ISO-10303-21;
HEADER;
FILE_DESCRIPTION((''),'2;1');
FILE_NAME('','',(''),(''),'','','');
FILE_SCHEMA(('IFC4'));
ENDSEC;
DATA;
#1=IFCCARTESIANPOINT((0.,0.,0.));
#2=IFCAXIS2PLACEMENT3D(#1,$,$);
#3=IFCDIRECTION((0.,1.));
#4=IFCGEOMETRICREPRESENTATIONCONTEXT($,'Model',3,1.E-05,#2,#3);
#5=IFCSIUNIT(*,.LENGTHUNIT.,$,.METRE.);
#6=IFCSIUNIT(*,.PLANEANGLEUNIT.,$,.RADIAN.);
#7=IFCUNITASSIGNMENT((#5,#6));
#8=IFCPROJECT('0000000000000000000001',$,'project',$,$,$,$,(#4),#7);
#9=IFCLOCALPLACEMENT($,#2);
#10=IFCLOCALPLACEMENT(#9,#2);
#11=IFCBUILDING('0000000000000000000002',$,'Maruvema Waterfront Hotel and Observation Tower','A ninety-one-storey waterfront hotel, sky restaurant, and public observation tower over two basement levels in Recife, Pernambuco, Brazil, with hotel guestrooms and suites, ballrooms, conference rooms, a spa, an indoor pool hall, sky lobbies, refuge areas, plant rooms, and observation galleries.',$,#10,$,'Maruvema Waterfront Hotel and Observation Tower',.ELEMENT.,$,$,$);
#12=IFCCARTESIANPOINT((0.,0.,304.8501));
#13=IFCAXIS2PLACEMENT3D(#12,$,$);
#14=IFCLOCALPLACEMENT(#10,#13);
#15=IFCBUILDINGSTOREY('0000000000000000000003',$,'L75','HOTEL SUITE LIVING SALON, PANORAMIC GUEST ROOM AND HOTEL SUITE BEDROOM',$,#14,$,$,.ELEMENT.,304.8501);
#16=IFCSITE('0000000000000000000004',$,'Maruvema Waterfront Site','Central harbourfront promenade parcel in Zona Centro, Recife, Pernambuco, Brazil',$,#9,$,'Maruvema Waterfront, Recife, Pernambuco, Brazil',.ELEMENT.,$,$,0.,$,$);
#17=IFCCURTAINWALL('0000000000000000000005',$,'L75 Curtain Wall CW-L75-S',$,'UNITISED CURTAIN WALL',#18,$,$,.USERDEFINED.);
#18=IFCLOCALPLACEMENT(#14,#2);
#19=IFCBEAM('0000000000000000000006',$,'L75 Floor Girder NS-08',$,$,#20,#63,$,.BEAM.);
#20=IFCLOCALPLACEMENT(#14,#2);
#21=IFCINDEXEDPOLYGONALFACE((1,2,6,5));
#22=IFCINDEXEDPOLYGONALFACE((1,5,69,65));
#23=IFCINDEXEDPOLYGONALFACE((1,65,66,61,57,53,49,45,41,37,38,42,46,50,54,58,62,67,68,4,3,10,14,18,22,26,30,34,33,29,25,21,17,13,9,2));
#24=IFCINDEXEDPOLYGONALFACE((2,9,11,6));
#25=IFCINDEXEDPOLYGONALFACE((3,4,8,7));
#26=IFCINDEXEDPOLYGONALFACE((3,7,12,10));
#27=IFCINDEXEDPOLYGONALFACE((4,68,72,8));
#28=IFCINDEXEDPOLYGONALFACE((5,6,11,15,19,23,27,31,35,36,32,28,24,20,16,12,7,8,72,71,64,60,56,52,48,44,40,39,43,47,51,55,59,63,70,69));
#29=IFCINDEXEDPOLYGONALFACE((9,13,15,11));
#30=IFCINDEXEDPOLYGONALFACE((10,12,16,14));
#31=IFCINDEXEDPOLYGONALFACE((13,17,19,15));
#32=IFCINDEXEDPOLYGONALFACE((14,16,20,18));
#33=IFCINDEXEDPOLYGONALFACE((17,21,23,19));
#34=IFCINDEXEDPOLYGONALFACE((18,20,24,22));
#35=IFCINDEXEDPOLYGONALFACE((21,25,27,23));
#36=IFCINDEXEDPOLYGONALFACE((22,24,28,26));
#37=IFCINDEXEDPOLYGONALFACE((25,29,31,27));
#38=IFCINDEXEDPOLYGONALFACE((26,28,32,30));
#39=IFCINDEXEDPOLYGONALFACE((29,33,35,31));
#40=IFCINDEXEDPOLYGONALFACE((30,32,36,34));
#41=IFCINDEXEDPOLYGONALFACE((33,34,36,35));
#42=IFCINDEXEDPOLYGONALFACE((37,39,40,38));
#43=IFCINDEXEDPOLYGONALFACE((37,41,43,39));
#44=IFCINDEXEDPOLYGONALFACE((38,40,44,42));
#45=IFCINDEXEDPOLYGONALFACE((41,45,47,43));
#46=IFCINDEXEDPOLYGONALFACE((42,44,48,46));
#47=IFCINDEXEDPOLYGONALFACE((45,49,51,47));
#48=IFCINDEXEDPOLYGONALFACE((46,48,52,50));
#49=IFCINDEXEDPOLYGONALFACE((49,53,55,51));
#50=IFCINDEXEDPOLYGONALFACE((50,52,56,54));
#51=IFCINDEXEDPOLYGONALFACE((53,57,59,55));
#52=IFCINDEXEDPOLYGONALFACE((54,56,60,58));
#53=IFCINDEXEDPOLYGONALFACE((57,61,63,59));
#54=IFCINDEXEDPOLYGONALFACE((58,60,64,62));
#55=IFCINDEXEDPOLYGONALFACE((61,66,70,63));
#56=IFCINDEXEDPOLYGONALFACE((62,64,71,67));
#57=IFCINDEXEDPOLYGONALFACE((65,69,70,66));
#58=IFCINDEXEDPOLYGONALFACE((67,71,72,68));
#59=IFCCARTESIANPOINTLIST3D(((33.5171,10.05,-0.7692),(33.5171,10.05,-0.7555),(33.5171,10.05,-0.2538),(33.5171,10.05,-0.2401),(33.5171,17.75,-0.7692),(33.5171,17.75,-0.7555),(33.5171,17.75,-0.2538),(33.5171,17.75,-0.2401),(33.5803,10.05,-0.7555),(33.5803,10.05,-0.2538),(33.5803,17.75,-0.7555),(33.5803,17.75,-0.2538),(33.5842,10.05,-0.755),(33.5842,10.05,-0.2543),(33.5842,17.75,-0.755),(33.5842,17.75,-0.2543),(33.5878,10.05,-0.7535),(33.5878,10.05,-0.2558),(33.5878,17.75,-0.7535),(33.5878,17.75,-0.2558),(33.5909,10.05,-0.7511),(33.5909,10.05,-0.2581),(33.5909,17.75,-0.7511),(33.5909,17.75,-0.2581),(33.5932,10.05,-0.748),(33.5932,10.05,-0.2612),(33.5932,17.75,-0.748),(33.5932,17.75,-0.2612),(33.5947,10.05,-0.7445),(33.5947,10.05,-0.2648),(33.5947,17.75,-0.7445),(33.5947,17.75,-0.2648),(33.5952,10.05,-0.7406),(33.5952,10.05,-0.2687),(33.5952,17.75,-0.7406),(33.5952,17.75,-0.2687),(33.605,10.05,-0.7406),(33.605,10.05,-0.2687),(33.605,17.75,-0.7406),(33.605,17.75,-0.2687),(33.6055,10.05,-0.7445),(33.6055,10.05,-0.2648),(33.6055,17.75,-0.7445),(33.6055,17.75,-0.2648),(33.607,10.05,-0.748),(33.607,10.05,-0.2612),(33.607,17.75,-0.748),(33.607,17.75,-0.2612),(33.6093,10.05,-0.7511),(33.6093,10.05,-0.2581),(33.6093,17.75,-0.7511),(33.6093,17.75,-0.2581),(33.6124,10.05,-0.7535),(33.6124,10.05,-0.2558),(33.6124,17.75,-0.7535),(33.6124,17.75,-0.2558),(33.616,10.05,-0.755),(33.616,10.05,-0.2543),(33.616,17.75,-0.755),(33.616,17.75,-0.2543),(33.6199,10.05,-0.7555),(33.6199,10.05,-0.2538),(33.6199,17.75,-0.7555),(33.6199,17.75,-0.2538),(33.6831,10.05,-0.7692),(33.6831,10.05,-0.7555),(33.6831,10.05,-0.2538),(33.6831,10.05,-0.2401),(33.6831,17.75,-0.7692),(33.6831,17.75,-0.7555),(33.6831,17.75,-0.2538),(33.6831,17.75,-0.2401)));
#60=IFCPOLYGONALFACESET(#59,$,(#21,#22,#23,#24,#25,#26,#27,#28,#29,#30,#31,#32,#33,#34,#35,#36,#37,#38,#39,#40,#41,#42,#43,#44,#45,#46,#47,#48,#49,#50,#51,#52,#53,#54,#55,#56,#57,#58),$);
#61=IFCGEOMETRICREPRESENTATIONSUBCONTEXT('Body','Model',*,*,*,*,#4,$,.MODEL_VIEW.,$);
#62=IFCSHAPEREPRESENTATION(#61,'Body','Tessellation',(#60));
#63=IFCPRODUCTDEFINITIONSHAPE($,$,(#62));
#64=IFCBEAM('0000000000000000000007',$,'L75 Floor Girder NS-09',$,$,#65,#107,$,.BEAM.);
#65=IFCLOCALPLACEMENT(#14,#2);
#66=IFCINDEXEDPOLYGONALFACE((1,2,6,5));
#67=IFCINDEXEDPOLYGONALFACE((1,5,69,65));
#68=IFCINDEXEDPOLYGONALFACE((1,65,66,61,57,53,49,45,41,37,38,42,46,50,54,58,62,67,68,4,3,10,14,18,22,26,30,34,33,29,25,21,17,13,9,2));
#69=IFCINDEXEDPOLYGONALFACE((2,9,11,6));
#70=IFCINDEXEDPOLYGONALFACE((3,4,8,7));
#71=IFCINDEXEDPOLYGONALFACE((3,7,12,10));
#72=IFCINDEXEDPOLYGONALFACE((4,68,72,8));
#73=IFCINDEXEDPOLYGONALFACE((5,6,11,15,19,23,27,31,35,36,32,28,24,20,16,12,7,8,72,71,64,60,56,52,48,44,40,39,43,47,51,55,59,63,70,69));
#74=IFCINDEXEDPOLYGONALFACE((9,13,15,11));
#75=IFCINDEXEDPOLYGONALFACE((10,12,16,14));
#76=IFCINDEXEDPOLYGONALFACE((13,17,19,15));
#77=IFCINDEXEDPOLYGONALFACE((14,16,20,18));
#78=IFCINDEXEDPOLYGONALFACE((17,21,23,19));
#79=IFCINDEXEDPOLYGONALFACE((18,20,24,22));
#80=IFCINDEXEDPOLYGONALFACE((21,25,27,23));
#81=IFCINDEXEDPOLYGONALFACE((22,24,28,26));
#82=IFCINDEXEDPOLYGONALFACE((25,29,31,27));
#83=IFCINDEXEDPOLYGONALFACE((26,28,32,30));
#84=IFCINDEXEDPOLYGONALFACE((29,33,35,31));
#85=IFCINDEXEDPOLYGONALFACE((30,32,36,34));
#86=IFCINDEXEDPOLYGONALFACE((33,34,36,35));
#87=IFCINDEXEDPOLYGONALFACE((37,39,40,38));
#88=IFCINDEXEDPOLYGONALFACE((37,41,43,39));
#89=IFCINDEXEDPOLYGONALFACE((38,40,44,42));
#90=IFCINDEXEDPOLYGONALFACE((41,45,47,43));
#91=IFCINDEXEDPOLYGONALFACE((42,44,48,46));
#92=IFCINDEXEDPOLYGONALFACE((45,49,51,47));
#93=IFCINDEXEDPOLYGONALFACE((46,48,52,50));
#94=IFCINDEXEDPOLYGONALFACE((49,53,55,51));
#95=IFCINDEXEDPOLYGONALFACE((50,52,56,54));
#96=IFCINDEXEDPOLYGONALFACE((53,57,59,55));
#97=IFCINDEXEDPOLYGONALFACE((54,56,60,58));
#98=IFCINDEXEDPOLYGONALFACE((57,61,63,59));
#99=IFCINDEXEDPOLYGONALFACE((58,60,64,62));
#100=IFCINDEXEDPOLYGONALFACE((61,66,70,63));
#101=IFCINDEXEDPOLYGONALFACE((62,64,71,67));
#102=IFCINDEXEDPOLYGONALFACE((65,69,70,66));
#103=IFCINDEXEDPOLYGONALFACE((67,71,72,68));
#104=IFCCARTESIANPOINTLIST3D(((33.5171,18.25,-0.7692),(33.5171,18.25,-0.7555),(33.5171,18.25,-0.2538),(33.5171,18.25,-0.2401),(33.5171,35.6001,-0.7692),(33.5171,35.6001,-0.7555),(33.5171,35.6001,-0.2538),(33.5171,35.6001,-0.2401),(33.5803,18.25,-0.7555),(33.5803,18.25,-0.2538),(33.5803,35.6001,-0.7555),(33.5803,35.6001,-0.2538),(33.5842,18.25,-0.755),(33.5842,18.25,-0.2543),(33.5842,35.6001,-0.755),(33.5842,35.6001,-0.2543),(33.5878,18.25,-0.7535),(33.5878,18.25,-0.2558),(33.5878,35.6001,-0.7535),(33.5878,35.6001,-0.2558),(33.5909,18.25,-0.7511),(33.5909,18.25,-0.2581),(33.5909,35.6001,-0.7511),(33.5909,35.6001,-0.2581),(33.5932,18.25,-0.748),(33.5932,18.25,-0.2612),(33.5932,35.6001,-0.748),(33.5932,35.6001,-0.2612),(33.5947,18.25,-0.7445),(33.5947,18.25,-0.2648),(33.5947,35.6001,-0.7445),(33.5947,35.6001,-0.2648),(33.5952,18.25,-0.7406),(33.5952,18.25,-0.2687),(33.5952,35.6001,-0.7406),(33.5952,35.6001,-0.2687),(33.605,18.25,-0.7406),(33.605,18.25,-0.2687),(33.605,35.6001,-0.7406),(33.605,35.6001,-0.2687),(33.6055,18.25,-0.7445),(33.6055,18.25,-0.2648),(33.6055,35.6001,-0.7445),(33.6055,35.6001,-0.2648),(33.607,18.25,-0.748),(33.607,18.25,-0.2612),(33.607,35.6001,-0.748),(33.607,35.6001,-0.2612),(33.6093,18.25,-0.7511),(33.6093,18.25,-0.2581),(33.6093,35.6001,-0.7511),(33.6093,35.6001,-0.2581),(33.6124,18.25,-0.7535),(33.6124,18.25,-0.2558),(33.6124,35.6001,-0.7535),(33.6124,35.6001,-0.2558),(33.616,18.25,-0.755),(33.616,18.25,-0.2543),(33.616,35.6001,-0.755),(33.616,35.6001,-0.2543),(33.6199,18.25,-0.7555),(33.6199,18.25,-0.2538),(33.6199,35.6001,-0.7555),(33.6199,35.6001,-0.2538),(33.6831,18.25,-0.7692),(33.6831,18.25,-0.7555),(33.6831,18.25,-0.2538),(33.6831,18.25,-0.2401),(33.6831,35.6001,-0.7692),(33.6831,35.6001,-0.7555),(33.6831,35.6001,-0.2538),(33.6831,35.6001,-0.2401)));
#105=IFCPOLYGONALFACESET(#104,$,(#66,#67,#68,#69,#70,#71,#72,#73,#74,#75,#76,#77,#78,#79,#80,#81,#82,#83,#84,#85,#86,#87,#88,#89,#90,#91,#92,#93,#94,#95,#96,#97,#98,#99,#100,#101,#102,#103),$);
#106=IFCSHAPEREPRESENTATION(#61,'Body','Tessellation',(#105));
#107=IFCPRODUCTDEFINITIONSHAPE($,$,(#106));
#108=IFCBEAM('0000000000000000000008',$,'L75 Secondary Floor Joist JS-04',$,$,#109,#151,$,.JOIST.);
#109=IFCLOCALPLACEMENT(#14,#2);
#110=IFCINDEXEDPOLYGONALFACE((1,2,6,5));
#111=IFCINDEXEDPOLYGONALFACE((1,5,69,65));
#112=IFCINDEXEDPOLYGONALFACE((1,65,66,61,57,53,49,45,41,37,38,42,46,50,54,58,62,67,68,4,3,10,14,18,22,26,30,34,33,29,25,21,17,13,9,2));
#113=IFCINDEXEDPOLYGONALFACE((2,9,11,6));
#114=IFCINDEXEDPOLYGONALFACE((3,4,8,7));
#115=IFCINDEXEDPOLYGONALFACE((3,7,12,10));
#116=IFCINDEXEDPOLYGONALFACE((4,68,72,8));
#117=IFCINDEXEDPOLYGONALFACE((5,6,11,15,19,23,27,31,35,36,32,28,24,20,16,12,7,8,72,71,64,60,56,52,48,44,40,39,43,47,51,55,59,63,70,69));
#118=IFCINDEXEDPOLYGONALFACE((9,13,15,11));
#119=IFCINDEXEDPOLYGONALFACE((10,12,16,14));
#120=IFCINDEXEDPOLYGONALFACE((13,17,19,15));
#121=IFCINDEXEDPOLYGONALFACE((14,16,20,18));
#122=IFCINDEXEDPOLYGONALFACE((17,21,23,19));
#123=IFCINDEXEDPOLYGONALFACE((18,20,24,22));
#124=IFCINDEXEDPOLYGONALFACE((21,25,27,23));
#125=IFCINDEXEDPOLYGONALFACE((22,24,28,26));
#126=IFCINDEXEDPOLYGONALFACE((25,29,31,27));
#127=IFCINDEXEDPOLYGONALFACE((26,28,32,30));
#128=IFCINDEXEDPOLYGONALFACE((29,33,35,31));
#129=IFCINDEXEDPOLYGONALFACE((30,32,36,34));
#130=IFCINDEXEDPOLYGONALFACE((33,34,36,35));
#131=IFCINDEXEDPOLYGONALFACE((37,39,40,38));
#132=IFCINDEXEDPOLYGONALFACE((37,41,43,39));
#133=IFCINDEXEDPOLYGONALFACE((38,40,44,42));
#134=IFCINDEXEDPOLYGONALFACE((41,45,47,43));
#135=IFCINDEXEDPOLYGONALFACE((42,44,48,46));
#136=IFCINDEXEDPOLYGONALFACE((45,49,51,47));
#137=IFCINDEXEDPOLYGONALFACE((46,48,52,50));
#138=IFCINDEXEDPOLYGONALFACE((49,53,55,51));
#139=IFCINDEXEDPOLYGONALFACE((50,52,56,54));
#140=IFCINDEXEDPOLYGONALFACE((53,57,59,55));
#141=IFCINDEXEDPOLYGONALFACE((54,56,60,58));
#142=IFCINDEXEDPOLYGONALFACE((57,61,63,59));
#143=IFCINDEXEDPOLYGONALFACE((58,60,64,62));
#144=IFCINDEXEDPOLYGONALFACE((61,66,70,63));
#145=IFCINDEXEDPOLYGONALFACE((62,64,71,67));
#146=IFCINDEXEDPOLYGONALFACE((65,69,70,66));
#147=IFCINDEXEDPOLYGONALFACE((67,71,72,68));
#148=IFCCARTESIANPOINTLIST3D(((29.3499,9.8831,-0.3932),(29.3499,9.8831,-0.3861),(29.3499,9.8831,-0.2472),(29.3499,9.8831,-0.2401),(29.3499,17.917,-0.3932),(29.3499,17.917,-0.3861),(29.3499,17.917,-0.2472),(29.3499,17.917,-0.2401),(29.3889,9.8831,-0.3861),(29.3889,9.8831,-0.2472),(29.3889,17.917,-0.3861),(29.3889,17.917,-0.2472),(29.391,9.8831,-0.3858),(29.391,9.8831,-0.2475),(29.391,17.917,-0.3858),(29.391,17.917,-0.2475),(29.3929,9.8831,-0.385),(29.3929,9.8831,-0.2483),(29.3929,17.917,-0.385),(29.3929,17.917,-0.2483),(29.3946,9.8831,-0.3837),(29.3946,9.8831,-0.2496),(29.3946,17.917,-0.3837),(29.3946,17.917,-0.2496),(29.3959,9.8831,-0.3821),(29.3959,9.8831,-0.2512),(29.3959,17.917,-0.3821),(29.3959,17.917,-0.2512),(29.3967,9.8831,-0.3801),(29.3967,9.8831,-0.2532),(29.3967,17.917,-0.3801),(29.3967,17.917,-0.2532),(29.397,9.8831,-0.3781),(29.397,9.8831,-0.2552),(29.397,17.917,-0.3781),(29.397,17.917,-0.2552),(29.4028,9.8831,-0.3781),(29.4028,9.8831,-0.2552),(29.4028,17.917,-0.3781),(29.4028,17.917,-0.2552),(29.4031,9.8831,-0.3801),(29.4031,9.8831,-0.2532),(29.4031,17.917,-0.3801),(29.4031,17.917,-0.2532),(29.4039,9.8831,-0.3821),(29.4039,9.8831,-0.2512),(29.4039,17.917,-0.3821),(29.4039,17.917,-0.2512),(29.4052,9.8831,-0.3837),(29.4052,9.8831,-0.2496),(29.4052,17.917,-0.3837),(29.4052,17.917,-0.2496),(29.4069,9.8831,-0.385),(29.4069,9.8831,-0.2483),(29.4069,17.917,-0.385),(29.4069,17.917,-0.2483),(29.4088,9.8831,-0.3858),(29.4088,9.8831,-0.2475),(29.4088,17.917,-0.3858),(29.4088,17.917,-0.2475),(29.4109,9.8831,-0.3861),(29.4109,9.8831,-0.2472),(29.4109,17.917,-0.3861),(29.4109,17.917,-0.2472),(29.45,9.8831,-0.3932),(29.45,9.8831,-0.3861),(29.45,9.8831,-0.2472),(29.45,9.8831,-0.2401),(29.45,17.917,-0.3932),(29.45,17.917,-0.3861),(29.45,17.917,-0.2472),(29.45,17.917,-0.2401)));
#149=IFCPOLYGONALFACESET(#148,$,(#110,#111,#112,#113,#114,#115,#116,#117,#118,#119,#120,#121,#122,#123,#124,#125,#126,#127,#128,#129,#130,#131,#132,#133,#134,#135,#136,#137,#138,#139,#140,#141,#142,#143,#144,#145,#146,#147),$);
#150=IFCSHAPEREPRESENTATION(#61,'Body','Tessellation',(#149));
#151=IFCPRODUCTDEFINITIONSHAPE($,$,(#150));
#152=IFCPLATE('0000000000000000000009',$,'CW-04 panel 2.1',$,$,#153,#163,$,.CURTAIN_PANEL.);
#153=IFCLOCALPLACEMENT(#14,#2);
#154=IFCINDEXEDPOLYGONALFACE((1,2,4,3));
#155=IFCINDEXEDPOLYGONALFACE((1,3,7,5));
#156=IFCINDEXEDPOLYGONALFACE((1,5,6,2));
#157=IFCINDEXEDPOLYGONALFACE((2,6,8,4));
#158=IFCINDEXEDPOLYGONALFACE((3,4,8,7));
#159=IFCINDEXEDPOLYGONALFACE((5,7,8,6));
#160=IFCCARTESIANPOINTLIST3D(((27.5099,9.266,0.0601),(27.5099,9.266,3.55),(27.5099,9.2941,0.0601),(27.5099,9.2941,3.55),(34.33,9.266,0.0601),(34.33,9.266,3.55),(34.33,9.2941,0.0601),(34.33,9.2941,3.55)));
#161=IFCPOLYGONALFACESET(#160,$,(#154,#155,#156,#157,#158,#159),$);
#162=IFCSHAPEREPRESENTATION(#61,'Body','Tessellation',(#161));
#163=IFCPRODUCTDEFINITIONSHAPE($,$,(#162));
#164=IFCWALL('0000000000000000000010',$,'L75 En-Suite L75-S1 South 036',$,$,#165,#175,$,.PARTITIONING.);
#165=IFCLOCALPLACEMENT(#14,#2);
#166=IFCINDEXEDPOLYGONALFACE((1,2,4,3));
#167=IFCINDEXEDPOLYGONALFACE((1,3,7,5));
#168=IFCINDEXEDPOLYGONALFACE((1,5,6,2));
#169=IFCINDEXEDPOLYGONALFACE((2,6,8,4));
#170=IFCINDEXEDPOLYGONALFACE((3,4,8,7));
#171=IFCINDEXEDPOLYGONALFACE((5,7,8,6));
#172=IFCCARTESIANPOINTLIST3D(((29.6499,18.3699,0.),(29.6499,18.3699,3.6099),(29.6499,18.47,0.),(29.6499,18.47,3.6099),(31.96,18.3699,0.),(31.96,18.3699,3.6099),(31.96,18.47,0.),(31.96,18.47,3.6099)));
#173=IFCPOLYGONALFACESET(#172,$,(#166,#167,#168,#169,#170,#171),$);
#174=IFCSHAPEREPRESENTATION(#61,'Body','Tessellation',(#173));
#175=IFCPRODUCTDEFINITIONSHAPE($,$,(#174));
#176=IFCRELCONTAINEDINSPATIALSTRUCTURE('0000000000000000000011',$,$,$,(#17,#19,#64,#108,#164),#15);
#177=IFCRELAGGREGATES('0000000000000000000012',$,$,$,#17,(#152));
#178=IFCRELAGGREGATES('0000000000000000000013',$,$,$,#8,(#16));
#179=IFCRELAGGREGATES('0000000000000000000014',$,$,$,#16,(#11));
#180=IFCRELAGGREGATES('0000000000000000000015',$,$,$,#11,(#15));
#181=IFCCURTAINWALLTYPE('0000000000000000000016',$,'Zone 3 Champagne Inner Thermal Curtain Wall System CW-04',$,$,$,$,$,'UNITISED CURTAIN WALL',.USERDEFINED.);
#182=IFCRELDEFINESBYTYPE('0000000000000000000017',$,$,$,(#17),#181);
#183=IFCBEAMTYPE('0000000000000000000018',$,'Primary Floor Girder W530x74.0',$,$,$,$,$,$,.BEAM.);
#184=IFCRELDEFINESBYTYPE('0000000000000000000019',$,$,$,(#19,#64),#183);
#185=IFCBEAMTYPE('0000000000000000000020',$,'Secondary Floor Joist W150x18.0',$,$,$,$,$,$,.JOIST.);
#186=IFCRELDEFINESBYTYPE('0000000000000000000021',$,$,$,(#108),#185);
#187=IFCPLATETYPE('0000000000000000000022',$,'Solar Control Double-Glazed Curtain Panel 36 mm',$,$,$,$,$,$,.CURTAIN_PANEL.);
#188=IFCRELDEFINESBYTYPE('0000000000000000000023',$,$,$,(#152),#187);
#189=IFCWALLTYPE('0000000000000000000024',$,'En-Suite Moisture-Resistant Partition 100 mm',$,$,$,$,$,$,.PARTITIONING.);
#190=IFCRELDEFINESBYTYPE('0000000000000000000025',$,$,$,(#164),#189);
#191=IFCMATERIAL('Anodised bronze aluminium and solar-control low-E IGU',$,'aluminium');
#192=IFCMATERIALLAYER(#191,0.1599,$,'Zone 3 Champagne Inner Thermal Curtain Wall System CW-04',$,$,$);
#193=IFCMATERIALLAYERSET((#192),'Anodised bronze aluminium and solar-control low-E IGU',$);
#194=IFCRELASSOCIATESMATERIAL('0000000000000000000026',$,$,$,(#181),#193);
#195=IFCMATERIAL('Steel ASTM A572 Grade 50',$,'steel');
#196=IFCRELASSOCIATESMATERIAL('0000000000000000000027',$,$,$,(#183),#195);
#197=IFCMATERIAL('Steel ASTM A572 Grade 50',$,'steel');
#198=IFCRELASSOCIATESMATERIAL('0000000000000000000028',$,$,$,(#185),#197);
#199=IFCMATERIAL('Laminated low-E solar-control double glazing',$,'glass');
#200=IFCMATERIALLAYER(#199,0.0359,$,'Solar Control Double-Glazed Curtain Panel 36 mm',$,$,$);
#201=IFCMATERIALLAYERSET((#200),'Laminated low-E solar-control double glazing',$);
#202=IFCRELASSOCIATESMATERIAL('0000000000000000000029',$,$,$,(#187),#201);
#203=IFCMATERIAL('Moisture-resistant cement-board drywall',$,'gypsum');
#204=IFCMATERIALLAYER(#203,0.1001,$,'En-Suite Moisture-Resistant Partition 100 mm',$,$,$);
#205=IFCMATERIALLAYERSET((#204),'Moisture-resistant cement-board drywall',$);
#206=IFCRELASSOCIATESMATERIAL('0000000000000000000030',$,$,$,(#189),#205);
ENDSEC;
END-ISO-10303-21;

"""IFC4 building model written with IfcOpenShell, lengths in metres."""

from ifc_helpers import new_model, si_unit, direction, frame, frame_2d, origin, origin_2d, place, context, subcontext, project, spatial, rectangle, i_section, extrude, material, layer, layer_set, material_profile, profile_set, type_object, element, aggregate, save


model = new_model("IFC4")

# Units and contexts
model_context = context("Model", 3, precision=1e-05, world=origin(), true_north=direction((0.0, 1.0)))
body_context = subcontext(model_context, "Body", "Model", "MODEL_VIEW")
ifc_project = project(units=[si_unit("LENGTHUNIT", "METRE"), si_unit("PLANEANGLEUNIT", "RADIAN")], contexts=[model_context])

# Site, building, storey
site_placement = place(None, origin())
site = spatial("IfcSite", under=ifc_project, at=site_placement, Name="Maruvema Waterfront Site", Description="Central harbourfront promenade parcel in Zona Centro, Recife, Pernambuco, Brazil", LongName="Maruvema Waterfront, Recife, Pernambuco, Brazil", CompositionType="ELEMENT", RefElevation=0.0)
building_placement = place(site_placement, origin())
building = spatial("IfcBuilding", under=site, at=building_placement, Name="Maruvema Waterfront Hotel and Observation Tower", Description="A ninety-one-storey waterfront hotel, sky restaurant, and public observation tower over two basement levels in Recife, Pernambuco, Brazil, with hotel guestrooms and suites, ballrooms, conference rooms, a spa, an indoor pool hall, sky lobbies, refuge areas, plant rooms, and observation galleries.", LongName="Maruvema Waterfront Hotel and Observation Tower", CompositionType="ELEMENT")
storey_placement = place(building_placement, frame((0.0, 0.0, 304.8501)))
storey = spatial("IfcBuildingStorey", under=building, at=storey_placement, Name="L75", Description="HOTEL SUITE LIVING SALON, PANORAMIC GUEST ROOM AND HOTEL SUITE BEDROOM", CompositionType="ELEMENT", Elevation=304.8501)

# Curtain wall
ifc_material_1 = material(Name="Anodised bronze aluminium and solar-control low-E IGU", Category="aluminium")
ifc_layer_1 = layer(ifc_material_1, 0.1599, Name="Zone 3 Champagne Inner Thermal Curtain Wall System CW-04")
ifc_layer_set_1 = layer_set([ifc_layer_1], Name="Anodised bronze aluminium and solar-control low-E IGU")
curtain_wall_type = type_object("IfcCurtainWallType", Name="Zone 3 Champagne Inner Thermal Curtain Wall System CW-04", ElementType="UNITISED CURTAIN WALL", PredefinedType="USERDEFINED", material=ifc_layer_set_1)
curtain_wall_placement = place(storey_placement, origin())
curtain_wall = element("IfcCurtainWall", 1, at=curtain_wall_placement, inside=storey, type_object=curtain_wall_type, Name="L75 Curtain Wall CW-L75-S", ObjectType="UNITISED CURTAIN WALL", PredefinedType="USERDEFINED")

# Beams
ifc_material_2 = material(Name="Steel ASTM A572 Grade 50", Category="steel")
ifc_material_profile_1 = material_profile(ifc_material_2, i_section(OverallWidth=0.166, OverallDepth=0.5291, WebThickness=0.0098, FlangeThickness=0.0137, FilletRadius=0.0149, at=origin_2d()), Name="W530x74.0")
ifc_profile_set_1 = profile_set([ifc_material_profile_1], Name="Steel ASTM A572 Grade 50")
beam_type_1 = type_object("IfcBeamType", Name="Primary Floor Girder W530x74.0", PredefinedType="BEAM", material=ifc_profile_set_1)
beam_1_placement = place(storey_placement, frame((33.6001, 10.05, -0.5046), z_axis=(0.0, 1.0, 0.0), x_axis=(-1.0, 0.0, 0.0)))
element("IfcBeam", 2, at=beam_1_placement, inside=storey, type_object=beam_type_1, Name="L75 Floor Girder NS-08", PredefinedType="BEAM", context=body_context, shape_type="SweptSolid", body=[
    extrude(i_section(OverallWidth=0.166, OverallDepth=0.5291, WebThickness=0.0098, FlangeThickness=0.0137, FilletRadius=0.0149, at=origin_2d()), origin(), (0.0, 0.0, 1.0), 7.7),
])
beam_2_placement = place(storey_placement, frame((33.6001, 18.25, -0.5046), z_axis=(0.0, 1.0, 0.0), x_axis=(-1.0, 0.0, 0.0)))
element("IfcBeam", 3, at=beam_2_placement, inside=storey, type_object=beam_type_1, Name="L75 Floor Girder NS-09", PredefinedType="BEAM", context=body_context, shape_type="SweptSolid", body=[
    extrude(i_section(OverallWidth=0.166, OverallDepth=0.5291, WebThickness=0.0098, FlangeThickness=0.0137, FilletRadius=0.0149, at=origin_2d()), origin(), (0.0, 0.0, 1.0), 17.3501),
])
ifc_material_3 = material(Name="Steel ASTM A572 Grade 50", Category="steel")
ifc_material_profile_2 = material_profile(ifc_material_3, i_section(OverallWidth=0.1001, OverallDepth=0.1531, WebThickness=0.0059, FlangeThickness=0.0071, FilletRadius=0.0081, at=origin_2d()), Name="W150x18.0")
ifc_profile_set_2 = profile_set([ifc_material_profile_2], Name="Steel ASTM A572 Grade 50")
beam_type_2 = type_object("IfcBeamType", Name="Secondary Floor Joist W150x18.0", PredefinedType="JOIST", material=ifc_profile_set_2)
beam_3_placement = place(storey_placement, frame((29.3999, 9.8831, -0.3167), z_axis=(0.0, 1.0, 0.0), x_axis=(-1.0, 0.0, 0.0)))
element("IfcBeam", 4, at=beam_3_placement, inside=storey, type_object=beam_type_2, Name="L75 Secondary Floor Joist JS-04", PredefinedType="JOIST", context=body_context, shape_type="SweptSolid", body=[
    extrude(i_section(OverallWidth=0.1001, OverallDepth=0.1531, WebThickness=0.0059, FlangeThickness=0.0071, FilletRadius=0.0081, at=origin_2d()), origin(), (0.0, 0.0, 1.0), 8.0339),
])

# Plate
ifc_material_4 = material(Name="Laminated low-E solar-control double glazing", Category="glass")
ifc_layer_2 = layer(ifc_material_4, 0.0359, Name="Solar Control Double-Glazed Curtain Panel 36 mm")
ifc_layer_set_2 = layer_set([ifc_layer_2], Name="Laminated low-E solar-control double glazing")
plate_type = type_object("IfcPlateType", Name="Solar Control Double-Glazed Curtain Panel 36 mm", PredefinedType="CURTAIN_PANEL", material=ifc_layer_set_2)
plate_placement = place(storey_placement, frame((30.9199, 9.28, 0.0601), z_axis=(0.0, 0.0, 1.0), x_axis=(1.0, 0.0, 0.0)))
plate = element("IfcPlate", 5, at=plate_placement, type_object=plate_type, Name="CW-04 panel 2.1", PredefinedType="CURTAIN_PANEL", context=body_context, shape_type="SweptSolid", body=[
    extrude(rectangle(XDim=6.8201, YDim=0.0281, at=origin_2d()), origin(), (0.0, 0.0, 1.0), 3.49),
])
aggregate(curtain_wall, [plate])

# Wall
ifc_material_5 = material(Name="Moisture-resistant cement-board drywall", Category="gypsum")
ifc_layer_3 = layer(ifc_material_5, 0.1001, Name="En-Suite Moisture-Resistant Partition 100 mm")
ifc_layer_set_3 = layer_set([ifc_layer_3], Name="Moisture-resistant cement-board drywall")
wall_type_1 = type_object("IfcWallType", Name="En-Suite Moisture-Resistant Partition 100 mm", PredefinedType="PARTITIONING", material=ifc_layer_set_3)
wall_1_placement = place(storey_placement, frame((29.6499, 18.4199, 0.0), z_axis=(0.0, 0.0, 1.0), x_axis=(1.0, 0.0, 0.0)))
element("IfcWall", 6, at=wall_1_placement, inside=storey, type_object=wall_type_1, Name="L75 En-Suite L75-S1 South 036", PredefinedType="PARTITIONING", context=body_context, shape_type="SweptSolid", body=[
    extrude(rectangle(XDim=2.3101, YDim=0.1001, at=frame_2d((1.155, 0.0))), origin(), (0.0, 0.0, 1.0), 3.6099),
])

save(model, "model.ifc")
